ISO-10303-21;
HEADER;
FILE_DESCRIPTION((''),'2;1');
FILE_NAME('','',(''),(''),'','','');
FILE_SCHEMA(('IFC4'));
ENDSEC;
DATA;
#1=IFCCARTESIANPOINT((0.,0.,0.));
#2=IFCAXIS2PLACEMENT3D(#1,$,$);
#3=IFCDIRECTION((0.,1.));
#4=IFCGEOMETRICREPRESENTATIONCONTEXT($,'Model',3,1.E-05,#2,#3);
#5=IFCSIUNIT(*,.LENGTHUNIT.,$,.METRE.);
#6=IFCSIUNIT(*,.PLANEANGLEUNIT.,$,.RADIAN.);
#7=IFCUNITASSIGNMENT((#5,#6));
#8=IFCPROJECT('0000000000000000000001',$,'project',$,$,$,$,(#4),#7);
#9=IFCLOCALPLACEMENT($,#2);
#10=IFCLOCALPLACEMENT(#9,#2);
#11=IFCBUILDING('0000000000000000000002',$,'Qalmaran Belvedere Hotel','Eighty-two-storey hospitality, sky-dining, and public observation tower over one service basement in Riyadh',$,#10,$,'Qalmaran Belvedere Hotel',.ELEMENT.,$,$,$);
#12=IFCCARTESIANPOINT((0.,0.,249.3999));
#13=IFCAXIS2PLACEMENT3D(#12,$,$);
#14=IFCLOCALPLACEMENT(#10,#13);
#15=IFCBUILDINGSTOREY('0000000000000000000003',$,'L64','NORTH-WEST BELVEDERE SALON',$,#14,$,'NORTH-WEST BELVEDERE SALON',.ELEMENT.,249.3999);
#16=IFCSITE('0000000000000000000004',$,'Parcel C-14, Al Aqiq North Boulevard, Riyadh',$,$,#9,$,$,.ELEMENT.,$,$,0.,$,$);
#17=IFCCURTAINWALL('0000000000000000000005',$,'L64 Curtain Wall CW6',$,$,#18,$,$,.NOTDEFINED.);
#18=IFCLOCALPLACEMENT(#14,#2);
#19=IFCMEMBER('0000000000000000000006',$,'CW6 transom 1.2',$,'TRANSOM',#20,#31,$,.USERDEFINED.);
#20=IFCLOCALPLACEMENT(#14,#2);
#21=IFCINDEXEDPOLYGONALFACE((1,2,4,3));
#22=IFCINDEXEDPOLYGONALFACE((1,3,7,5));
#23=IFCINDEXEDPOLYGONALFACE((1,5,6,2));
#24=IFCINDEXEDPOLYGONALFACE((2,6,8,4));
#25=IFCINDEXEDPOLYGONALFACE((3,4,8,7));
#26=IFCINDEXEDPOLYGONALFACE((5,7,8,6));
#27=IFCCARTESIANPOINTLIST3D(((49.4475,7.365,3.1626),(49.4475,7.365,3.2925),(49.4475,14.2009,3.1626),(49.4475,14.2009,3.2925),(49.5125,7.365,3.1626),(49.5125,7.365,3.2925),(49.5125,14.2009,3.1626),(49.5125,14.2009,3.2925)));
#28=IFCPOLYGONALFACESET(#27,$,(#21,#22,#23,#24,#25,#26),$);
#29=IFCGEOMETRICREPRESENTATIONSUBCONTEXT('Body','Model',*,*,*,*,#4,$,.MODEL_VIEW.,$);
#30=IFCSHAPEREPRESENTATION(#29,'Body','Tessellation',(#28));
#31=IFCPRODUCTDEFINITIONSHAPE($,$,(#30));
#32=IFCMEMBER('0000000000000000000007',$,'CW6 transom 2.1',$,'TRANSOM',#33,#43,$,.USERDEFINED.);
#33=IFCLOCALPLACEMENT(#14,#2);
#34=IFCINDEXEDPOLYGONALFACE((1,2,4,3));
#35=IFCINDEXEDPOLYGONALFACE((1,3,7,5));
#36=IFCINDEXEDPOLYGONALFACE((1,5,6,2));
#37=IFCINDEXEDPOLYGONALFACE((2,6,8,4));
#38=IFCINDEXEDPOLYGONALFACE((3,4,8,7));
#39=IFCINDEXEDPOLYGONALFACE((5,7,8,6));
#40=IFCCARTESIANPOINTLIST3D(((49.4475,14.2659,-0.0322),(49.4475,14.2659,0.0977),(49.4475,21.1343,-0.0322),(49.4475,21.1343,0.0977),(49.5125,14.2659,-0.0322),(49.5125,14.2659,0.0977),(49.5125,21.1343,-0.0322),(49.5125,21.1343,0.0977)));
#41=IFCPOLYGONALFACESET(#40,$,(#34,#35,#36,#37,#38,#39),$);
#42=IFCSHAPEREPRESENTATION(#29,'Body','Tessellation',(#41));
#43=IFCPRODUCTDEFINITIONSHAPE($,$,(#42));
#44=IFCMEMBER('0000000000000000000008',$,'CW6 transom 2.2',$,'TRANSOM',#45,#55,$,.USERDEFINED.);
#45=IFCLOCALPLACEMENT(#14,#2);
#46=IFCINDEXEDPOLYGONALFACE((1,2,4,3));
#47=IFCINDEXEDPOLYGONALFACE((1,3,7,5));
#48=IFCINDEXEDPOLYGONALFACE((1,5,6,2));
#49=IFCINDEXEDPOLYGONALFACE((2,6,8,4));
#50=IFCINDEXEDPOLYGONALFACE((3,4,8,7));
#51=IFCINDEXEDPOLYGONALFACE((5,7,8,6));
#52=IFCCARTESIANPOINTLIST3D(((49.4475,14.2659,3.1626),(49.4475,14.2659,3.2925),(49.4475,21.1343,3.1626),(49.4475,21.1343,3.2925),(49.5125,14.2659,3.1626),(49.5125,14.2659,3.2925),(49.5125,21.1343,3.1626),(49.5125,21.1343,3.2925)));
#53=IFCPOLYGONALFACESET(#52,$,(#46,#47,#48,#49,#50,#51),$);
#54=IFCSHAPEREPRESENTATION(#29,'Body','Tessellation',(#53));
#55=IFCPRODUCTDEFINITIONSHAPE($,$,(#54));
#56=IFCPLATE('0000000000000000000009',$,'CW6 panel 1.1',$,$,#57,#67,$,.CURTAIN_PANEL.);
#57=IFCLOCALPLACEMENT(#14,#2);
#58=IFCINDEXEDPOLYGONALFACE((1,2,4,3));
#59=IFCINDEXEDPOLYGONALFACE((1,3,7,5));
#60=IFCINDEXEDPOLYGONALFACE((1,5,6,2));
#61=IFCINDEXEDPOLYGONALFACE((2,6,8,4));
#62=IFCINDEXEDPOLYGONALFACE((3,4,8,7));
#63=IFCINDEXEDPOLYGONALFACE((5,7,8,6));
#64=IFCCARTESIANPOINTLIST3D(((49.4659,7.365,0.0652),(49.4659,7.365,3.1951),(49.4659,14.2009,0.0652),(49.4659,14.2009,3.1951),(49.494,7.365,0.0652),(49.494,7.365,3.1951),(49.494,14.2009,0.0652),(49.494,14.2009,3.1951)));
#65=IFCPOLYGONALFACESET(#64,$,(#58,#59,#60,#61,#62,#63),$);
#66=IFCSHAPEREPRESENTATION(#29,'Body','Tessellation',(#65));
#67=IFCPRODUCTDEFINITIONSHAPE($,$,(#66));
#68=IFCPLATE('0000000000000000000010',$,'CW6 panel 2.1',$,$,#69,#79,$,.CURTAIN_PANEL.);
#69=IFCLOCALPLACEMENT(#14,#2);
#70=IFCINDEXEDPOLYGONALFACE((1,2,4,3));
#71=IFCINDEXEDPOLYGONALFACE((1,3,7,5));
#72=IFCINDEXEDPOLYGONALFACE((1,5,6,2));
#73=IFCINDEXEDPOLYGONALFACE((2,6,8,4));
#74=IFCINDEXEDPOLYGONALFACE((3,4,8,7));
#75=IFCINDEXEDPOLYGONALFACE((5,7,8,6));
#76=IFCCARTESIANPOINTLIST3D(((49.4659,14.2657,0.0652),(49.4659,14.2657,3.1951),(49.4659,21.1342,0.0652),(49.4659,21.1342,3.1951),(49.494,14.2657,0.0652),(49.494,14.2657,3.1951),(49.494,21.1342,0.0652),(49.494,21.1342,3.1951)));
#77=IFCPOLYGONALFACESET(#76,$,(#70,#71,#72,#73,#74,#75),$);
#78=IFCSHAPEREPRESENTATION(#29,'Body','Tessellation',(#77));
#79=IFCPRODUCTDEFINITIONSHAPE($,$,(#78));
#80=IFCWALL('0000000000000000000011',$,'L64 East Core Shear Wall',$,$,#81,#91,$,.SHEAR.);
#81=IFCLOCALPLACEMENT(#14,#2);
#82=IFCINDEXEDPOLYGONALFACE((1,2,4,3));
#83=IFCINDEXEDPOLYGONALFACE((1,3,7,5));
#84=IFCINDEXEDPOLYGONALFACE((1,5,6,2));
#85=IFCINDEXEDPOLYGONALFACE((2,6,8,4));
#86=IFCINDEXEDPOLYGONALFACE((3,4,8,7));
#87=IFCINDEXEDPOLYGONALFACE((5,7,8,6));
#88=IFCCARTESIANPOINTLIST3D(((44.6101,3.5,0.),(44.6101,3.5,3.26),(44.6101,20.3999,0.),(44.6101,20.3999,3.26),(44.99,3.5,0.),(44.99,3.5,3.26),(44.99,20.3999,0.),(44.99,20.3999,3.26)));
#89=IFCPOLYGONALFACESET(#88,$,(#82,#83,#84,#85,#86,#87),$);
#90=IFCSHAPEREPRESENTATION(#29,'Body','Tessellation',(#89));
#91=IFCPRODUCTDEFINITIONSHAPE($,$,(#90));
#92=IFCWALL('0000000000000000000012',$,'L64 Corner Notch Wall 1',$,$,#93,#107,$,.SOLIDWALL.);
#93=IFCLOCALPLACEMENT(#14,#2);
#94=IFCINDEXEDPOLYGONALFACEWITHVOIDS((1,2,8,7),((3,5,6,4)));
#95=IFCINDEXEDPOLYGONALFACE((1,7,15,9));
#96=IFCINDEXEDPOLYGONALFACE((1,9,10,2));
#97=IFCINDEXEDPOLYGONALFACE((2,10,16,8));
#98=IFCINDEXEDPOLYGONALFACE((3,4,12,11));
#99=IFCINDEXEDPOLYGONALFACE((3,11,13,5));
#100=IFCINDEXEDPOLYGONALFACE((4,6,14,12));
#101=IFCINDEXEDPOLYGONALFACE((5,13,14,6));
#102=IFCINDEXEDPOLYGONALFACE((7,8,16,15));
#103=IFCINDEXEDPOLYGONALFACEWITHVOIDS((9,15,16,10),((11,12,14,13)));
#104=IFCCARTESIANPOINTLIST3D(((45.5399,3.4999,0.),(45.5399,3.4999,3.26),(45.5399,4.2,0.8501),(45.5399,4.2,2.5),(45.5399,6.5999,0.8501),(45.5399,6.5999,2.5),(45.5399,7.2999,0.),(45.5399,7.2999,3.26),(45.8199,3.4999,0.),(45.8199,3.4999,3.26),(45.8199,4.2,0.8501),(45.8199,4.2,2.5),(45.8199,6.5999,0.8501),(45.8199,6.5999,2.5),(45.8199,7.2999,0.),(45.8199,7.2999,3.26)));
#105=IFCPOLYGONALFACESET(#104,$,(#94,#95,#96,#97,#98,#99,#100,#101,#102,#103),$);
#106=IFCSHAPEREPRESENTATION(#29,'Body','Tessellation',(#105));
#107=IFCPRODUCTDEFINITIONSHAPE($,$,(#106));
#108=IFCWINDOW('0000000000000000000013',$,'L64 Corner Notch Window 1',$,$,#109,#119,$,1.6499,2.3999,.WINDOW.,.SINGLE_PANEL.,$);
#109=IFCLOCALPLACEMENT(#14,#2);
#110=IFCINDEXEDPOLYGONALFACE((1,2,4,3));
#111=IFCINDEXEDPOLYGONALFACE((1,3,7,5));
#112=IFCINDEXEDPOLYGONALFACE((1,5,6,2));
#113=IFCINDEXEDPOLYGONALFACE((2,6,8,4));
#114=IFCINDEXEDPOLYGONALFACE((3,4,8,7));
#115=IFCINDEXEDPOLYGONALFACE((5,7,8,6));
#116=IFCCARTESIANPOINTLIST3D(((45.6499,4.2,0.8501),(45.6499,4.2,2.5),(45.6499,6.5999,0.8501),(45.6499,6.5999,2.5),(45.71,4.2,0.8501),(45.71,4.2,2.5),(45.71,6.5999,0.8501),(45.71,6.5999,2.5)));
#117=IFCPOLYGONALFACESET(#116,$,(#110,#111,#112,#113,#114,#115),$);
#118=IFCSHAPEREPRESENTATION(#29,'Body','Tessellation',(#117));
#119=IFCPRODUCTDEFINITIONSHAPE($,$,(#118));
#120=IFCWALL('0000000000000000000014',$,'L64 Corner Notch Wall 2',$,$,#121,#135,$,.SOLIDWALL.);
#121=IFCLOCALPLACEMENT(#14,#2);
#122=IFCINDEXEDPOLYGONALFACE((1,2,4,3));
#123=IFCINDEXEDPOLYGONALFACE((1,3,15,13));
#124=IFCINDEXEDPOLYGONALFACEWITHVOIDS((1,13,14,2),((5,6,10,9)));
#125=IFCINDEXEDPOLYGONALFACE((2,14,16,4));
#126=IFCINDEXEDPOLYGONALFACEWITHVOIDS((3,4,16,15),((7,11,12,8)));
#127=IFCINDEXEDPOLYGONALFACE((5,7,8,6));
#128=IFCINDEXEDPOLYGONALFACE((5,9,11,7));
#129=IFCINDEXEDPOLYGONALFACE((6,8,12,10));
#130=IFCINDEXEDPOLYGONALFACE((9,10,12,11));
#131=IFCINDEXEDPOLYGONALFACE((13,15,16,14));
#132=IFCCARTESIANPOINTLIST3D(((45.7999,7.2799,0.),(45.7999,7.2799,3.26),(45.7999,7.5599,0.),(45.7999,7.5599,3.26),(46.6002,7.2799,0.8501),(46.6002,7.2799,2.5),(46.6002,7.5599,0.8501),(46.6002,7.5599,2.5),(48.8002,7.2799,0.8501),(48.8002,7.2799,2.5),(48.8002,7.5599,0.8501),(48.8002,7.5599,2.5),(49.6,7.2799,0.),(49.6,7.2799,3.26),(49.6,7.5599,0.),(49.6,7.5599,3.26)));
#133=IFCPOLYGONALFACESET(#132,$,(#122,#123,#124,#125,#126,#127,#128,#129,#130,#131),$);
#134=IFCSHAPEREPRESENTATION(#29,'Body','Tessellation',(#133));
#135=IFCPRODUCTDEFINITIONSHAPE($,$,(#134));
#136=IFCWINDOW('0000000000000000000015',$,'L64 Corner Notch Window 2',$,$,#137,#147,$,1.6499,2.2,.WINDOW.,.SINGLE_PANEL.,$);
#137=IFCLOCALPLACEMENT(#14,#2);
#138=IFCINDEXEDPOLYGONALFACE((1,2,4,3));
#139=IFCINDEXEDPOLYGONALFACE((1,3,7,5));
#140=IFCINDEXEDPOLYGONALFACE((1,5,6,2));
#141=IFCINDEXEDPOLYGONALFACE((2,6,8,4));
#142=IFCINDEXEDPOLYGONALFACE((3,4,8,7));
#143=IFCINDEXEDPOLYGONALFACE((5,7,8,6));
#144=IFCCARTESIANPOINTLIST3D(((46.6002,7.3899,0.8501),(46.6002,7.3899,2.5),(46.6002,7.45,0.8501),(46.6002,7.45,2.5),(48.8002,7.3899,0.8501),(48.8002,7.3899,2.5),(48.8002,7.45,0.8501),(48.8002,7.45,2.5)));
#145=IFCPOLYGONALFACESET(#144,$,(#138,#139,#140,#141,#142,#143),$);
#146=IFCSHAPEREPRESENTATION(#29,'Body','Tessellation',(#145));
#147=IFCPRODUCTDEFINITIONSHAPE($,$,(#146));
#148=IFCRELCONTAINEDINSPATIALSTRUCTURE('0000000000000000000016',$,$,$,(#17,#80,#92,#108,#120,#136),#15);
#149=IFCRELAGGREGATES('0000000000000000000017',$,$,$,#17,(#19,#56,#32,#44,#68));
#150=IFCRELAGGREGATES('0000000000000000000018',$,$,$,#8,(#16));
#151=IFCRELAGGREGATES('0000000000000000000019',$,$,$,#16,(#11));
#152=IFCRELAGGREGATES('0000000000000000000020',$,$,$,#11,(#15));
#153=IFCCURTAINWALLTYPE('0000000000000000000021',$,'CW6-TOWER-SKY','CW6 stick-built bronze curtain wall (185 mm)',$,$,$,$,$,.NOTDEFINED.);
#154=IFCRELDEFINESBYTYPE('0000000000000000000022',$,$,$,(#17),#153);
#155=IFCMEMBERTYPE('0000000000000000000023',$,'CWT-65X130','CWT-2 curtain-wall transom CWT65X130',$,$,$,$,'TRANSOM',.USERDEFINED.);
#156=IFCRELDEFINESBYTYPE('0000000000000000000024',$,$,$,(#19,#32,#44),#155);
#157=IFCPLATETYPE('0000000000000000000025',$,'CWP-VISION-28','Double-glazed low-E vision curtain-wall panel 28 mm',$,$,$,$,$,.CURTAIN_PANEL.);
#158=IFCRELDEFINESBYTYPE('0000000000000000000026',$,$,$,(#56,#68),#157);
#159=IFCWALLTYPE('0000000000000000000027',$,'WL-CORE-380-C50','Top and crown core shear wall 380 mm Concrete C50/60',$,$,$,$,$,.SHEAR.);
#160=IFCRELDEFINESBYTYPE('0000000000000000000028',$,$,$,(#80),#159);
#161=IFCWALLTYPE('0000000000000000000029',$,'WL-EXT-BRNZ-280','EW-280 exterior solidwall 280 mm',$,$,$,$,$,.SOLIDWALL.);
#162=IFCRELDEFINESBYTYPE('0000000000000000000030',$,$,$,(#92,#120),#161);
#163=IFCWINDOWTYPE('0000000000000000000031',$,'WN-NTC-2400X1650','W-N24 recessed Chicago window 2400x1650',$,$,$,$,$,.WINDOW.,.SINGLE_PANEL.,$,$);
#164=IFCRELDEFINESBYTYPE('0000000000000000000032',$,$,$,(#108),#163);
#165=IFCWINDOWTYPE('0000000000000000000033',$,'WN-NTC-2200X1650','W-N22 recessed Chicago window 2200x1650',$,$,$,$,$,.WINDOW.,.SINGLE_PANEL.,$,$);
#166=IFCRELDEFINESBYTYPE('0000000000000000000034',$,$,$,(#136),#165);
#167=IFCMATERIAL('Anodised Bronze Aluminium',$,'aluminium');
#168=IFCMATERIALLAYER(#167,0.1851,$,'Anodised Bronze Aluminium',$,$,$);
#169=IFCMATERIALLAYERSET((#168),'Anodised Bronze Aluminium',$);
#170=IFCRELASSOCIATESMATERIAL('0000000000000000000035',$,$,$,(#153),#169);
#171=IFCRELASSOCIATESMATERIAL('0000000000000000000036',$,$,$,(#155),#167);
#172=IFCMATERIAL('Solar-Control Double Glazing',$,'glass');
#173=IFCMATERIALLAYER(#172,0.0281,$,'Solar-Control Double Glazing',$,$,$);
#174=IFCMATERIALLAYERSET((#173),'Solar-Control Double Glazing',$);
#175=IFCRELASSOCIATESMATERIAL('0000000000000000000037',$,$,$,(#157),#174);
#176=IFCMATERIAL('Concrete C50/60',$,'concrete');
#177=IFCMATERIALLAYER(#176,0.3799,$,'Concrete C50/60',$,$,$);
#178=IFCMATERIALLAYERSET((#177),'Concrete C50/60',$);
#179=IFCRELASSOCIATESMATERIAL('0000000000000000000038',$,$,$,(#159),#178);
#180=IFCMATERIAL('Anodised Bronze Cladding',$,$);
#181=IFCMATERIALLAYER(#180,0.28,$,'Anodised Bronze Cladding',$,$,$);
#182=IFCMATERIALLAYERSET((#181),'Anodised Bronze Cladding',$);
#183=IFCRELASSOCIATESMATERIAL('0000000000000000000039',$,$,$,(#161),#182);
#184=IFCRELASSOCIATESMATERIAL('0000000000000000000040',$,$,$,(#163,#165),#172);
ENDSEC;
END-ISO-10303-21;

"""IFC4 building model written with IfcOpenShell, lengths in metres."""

from ifc_helpers import new_model, si_unit, direction, frame, frame_2d, origin, origin_2d, place, context, subcontext, project, spatial, rectangle, extrude, material, layer, layer_set, material_profile, profile_set, type_object, element, fill, aggregate, save


model = new_model("IFC4")

# Units and contexts
model_context = context("Model", 3, precision=1e-05, world=origin(), true_north=direction((0.0, 1.0)))
body_context = subcontext(model_context, "Body", "Model", "MODEL_VIEW")
ifc_project = project(units=[si_unit("LENGTHUNIT", "METRE"), si_unit("PLANEANGLEUNIT", "RADIAN")], contexts=[model_context])

# Site, building, storey
site_placement = place(None, origin())
site = spatial("IfcSite", under=ifc_project, at=site_placement, Name="Parcel C-14, Al Aqiq North Boulevard, Riyadh", CompositionType="ELEMENT", RefElevation=0.0)
building_placement = place(site_placement, origin())
building = spatial("IfcBuilding", under=site, at=building_placement, Name="Qalmaran Belvedere Hotel", Description="Eighty-two-storey hospitality, sky-dining, and public observation tower over one service basement in Riyadh", LongName="Qalmaran Belvedere Hotel", CompositionType="ELEMENT")
storey_placement = place(building_placement, frame((0.0, 0.0, 249.3999)))
storey = spatial("IfcBuildingStorey", under=building, at=storey_placement, Name="L64", Description="NORTH-WEST BELVEDERE SALON", LongName="NORTH-WEST BELVEDERE SALON", CompositionType="ELEMENT", Elevation=249.3999)

# Shared definitions
ifc_material_1 = material(Name="Concrete C50/60", Category="concrete")

# Curtain wall, members, plates
ifc_material_2 = material(Name="Anodised Bronze Aluminium", Category="aluminium")
ifc_layer_1 = layer(ifc_material_2, 0.1851, Name="Anodised Bronze Aluminium")
ifc_layer_set_1 = layer_set([ifc_layer_1], Name="Anodised Bronze Aluminium")
curtain_wall_type = type_object("IfcCurtainWallType", Name="CW6-TOWER-SKY", Description="CW6 stick-built bronze curtain wall (185 mm)", PredefinedType="NOTDEFINED", material=ifc_layer_set_1)
curtain_wall_placement = place(storey_placement, origin())
curtain_wall = element("IfcCurtainWall", 1, at=curtain_wall_placement, inside=storey, type_object=curtain_wall_type, Name="L64 Curtain Wall CW6", PredefinedType="NOTDEFINED")
ifc_material_profile_1 = material_profile(ifc_material_2, rectangle(XDim=0.0649, YDim=0.1299, at=origin_2d()), Name="CWT65X130")
ifc_profile_set_1 = profile_set([ifc_material_profile_1], Name="Anodised Bronze Aluminium")
member_type_1 = type_object("IfcMemberType", Name="CWT-65X130", Description="CWT-2 curtain-wall transom CWT65X130", ElementType="TRANSOM", PredefinedType="USERDEFINED", material=ifc_profile_set_1)
member_1_placement = place(storey_placement, frame((49.48, 7.365, 3.2275), z_axis=(0.0, 1.0, 0.0), x_axis=(-1.0, 0.0, 0.0)))
member_1 = element("IfcMember", 2, at=member_1_placement, type_object=member_type_1, Name="CW6 transom 1.2", ObjectType="TRANSOM", PredefinedType="USERDEFINED", context=body_context, shape_type="SweptSolid", body=[
    extrude(rectangle(XDim=0.0649, YDim=0.1299, at=origin_2d()), origin(), (0.0, 0.0, 1.0), 6.8359),
])
member_2_placement = place(storey_placement, frame((49.48, 14.2659, 0.0327), z_axis=(0.0, 1.0, 0.0), x_axis=(-1.0, 0.0, 0.0)))
member_2 = element("IfcMember", 3, at=member_2_placement, type_object=member_type_1, Name="CW6 transom 2.1", ObjectType="TRANSOM", PredefinedType="USERDEFINED", context=body_context, shape_type="SweptSolid", body=[
    extrude(rectangle(XDim=0.0649, YDim=0.1299, at=origin_2d()), origin(), (0.0, 0.0, 1.0), 6.8684),
])
member_3_placement = place(storey_placement, frame((49.48, 14.2659, 3.2275), z_axis=(0.0, 1.0, 0.0), x_axis=(-1.0, 0.0, 0.0)))
member_3 = element("IfcMember", 4, at=member_3_placement, type_object=member_type_1, Name="CW6 transom 2.2", ObjectType="TRANSOM", PredefinedType="USERDEFINED", context=body_context, shape_type="SweptSolid", body=[
    extrude(rectangle(XDim=0.0649, YDim=0.1299, at=origin_2d()), origin(), (0.0, 0.0, 1.0), 6.8684),
])
ifc_material_3 = material(Name="Solar-Control Double Glazing", Category="glass")
ifc_layer_2 = layer(ifc_material_3, 0.0281, Name="Solar-Control Double Glazing")
ifc_layer_set_2 = layer_set([ifc_layer_2], Name="Solar-Control Double Glazing")
plate_type = type_object("IfcPlateType", Name="CWP-VISION-28", Description="Double-glazed low-E vision curtain-wall panel 28 mm", PredefinedType="CURTAIN_PANEL", material=ifc_layer_set_2)
plate_1_placement = place(storey_placement, frame((49.48, 10.783, 0.0652), z_axis=(0.0, 0.0, 1.0), x_axis=(0.0, 1.0, 0.0)))
plate_1 = element("IfcPlate", 5, at=plate_1_placement, type_object=plate_type, Name="CW6 panel 1.1", PredefinedType="CURTAIN_PANEL", context=body_context, shape_type="SweptSolid", body=[
    extrude(rectangle(XDim=6.8359, YDim=0.0281, at=origin_2d()), origin(), (0.0, 0.0, 1.0), 3.1299),
])
plate_2_placement = place(storey_placement, frame((49.48, 17.7, 0.0652), z_axis=(0.0, 0.0, 1.0), x_axis=(0.0, 1.0, 0.0)))
plate_2 = element("IfcPlate", 6, at=plate_2_placement, type_object=plate_type, Name="CW6 panel 2.1", PredefinedType="CURTAIN_PANEL", context=body_context, shape_type="SweptSolid", body=[
    extrude(rectangle(XDim=6.8684, YDim=0.0281, at=origin_2d()), origin(), (0.0, 0.0, 1.0), 3.1299),
])
aggregate(curtain_wall, [member_1, plate_1, member_2, member_3, plate_2])

# Wall
ifc_layer_3 = layer(ifc_material_1, 0.3799, Name="Concrete C50/60")
ifc_layer_set_3 = layer_set([ifc_layer_3], Name="Concrete C50/60")
wall_type_1 = type_object("IfcWallType", Name="WL-CORE-380-C50", Description="Top and crown core shear wall 380 mm Concrete C50/60", PredefinedType="SHEAR", material=ifc_layer_set_3)
wall_1_placement = place(storey_placement, frame((44.8, 3.5, 0.0), z_axis=(0.0, 0.0, 1.0), x_axis=(0.0, 1.0, 0.0)))
element("IfcWall", 7, at=wall_1_placement, inside=storey, type_object=wall_type_1, Name="L64 East Core Shear Wall", PredefinedType="SHEAR", context=body_context, shape_type="SweptSolid", body=[
    extrude(rectangle(XDim=16.8999, YDim=0.3799, at=frame_2d((8.45, 0.0))), origin(), (0.0, 0.0, 1.0), 3.26),
])

# Walls, openings, windows
ifc_material_4 = material(Name="Anodised Bronze Cladding")
ifc_layer_4 = layer(ifc_material_4, 0.28, Name="Anodised Bronze Cladding")
ifc_layer_set_4 = layer_set([ifc_layer_4], Name="Anodised Bronze Cladding")
wall_type_2 = type_object("IfcWallType", Name="WL-EXT-BRNZ-280", Description="EW-280 exterior solidwall 280 mm", PredefinedType="SOLIDWALL", material=ifc_layer_set_4)
wall_2_placement = place(storey_placement, frame((45.6799, 3.5, 0.0), z_axis=(0.0, 0.0, 1.0), x_axis=(0.0, 1.0, 0.0)))
wall_2 = element("IfcWall", 8, at=wall_2_placement, inside=storey, type_object=wall_type_2, Name="L64 Corner Notch Wall 1", PredefinedType="SOLIDWALL", context=body_context, shape_type="SweptSolid", body=[
    extrude(rectangle(XDim=3.8, YDim=0.28, at=frame_2d((1.8999, 0.0))), origin(), (0.0, 0.0, 1.0), 3.26),
])
opening_1_placement = place(wall_2_placement, frame((0.7, 0.0, 0.8501)))
opening_1 = element("IfcOpeningElement", 9, at=opening_1_placement, cuts=wall_2, PredefinedType="OPENING", context=body_context, shape_type="SweptSolid", body=[
    extrude(rectangle(XDim=2.3999, YDim=1.6499, at=frame_2d((1.2, 0.825))), frame((0.0, 0.1499, 0.0), z_axis=(0.0, -1.0, 0.0), x_axis=(1.0, 0.0, 0.0)), (0.0, 0.0, 1.0), 0.3),
])
window_type_1 = type_object("IfcWindowType", Name="WN-NTC-2400X1650", Description="W-N24 recessed Chicago window 2400x1650", PartitioningType="SINGLE_PANEL", PredefinedType="WINDOW", material=ifc_material_3)
window_1_placement = place(opening_1_placement, origin())
window_1 = element("IfcWindow", 10, at=window_1_placement, inside=storey, type_object=window_type_1, Name="L64 Corner Notch Window 1", OverallHeight=1.6499, OverallWidth=2.3999, PartitioningType="SINGLE_PANEL", PredefinedType="WINDOW", context=body_context, shape_type="SweptSolid", body=[
    extrude(rectangle(XDim=2.3999, YDim=1.6499, at=frame_2d((1.2, 0.825))), frame((0.0, 0.03, 0.0), z_axis=(0.0, -1.0, 0.0), x_axis=(1.0, 0.0, 0.0)), (0.0, 0.0, 1.0), 0.0601),
])
fill(opening_1, window_1)
wall_3_placement = place(storey_placement, frame((45.8, 7.4199, 0.0), z_axis=(0.0, 0.0, 1.0), x_axis=(1.0, 0.0, 0.0)))
wall_3 = element("IfcWall", 11, at=wall_3_placement, inside=storey, type_object=wall_type_2, Name="L64 Corner Notch Wall 2", PredefinedType="SOLIDWALL", context=body_context, shape_type="SweptSolid", body=[
    extrude(rectangle(XDim=3.8, YDim=0.28, at=frame_2d((1.8999, 0.0))), origin(), (0.0, 0.0, 1.0), 3.26),
])
opening_2_placement = place(wall_3_placement, frame((0.8, 0.0, 0.8501)))
opening_2 = element("IfcOpeningElement", 12, at=opening_2_placement, cuts=wall_3, PredefinedType="OPENING", context=body_context, shape_type="SweptSolid", body=[
    extrude(rectangle(XDim=2.2, YDim=1.6499, at=frame_2d((1.1001, 0.825))), frame((0.0, 0.1499, 0.0), z_axis=(0.0, -1.0, 0.0), x_axis=(1.0, 0.0, 0.0)), (0.0, 0.0, 1.0), 0.3),
])
window_type_2 = type_object("IfcWindowType", Name="WN-NTC-2200X1650", Description="W-N22 recessed Chicago window 2200x1650", PartitioningType="SINGLE_PANEL", PredefinedType="WINDOW", material=ifc_material_3)
window_2_placement = place(opening_2_placement, origin())
window_2 = element("IfcWindow", 13, at=window_2_placement, inside=storey, type_object=window_type_2, Name="L64 Corner Notch Window 2", OverallHeight=1.6499, OverallWidth=2.2, PartitioningType="SINGLE_PANEL", PredefinedType="WINDOW", context=body_context, shape_type="SweptSolid", body=[
    extrude(rectangle(XDim=2.2, YDim=1.6499, at=frame_2d((1.1001, 0.825))), frame((0.0, 0.03, 0.0), z_axis=(0.0, -1.0, 0.0), x_axis=(1.0, 0.0, 0.0)), (0.0, 0.0, 1.0), 0.0601),
])
fill(opening_2, window_2)

save(model, "model.ifc")
